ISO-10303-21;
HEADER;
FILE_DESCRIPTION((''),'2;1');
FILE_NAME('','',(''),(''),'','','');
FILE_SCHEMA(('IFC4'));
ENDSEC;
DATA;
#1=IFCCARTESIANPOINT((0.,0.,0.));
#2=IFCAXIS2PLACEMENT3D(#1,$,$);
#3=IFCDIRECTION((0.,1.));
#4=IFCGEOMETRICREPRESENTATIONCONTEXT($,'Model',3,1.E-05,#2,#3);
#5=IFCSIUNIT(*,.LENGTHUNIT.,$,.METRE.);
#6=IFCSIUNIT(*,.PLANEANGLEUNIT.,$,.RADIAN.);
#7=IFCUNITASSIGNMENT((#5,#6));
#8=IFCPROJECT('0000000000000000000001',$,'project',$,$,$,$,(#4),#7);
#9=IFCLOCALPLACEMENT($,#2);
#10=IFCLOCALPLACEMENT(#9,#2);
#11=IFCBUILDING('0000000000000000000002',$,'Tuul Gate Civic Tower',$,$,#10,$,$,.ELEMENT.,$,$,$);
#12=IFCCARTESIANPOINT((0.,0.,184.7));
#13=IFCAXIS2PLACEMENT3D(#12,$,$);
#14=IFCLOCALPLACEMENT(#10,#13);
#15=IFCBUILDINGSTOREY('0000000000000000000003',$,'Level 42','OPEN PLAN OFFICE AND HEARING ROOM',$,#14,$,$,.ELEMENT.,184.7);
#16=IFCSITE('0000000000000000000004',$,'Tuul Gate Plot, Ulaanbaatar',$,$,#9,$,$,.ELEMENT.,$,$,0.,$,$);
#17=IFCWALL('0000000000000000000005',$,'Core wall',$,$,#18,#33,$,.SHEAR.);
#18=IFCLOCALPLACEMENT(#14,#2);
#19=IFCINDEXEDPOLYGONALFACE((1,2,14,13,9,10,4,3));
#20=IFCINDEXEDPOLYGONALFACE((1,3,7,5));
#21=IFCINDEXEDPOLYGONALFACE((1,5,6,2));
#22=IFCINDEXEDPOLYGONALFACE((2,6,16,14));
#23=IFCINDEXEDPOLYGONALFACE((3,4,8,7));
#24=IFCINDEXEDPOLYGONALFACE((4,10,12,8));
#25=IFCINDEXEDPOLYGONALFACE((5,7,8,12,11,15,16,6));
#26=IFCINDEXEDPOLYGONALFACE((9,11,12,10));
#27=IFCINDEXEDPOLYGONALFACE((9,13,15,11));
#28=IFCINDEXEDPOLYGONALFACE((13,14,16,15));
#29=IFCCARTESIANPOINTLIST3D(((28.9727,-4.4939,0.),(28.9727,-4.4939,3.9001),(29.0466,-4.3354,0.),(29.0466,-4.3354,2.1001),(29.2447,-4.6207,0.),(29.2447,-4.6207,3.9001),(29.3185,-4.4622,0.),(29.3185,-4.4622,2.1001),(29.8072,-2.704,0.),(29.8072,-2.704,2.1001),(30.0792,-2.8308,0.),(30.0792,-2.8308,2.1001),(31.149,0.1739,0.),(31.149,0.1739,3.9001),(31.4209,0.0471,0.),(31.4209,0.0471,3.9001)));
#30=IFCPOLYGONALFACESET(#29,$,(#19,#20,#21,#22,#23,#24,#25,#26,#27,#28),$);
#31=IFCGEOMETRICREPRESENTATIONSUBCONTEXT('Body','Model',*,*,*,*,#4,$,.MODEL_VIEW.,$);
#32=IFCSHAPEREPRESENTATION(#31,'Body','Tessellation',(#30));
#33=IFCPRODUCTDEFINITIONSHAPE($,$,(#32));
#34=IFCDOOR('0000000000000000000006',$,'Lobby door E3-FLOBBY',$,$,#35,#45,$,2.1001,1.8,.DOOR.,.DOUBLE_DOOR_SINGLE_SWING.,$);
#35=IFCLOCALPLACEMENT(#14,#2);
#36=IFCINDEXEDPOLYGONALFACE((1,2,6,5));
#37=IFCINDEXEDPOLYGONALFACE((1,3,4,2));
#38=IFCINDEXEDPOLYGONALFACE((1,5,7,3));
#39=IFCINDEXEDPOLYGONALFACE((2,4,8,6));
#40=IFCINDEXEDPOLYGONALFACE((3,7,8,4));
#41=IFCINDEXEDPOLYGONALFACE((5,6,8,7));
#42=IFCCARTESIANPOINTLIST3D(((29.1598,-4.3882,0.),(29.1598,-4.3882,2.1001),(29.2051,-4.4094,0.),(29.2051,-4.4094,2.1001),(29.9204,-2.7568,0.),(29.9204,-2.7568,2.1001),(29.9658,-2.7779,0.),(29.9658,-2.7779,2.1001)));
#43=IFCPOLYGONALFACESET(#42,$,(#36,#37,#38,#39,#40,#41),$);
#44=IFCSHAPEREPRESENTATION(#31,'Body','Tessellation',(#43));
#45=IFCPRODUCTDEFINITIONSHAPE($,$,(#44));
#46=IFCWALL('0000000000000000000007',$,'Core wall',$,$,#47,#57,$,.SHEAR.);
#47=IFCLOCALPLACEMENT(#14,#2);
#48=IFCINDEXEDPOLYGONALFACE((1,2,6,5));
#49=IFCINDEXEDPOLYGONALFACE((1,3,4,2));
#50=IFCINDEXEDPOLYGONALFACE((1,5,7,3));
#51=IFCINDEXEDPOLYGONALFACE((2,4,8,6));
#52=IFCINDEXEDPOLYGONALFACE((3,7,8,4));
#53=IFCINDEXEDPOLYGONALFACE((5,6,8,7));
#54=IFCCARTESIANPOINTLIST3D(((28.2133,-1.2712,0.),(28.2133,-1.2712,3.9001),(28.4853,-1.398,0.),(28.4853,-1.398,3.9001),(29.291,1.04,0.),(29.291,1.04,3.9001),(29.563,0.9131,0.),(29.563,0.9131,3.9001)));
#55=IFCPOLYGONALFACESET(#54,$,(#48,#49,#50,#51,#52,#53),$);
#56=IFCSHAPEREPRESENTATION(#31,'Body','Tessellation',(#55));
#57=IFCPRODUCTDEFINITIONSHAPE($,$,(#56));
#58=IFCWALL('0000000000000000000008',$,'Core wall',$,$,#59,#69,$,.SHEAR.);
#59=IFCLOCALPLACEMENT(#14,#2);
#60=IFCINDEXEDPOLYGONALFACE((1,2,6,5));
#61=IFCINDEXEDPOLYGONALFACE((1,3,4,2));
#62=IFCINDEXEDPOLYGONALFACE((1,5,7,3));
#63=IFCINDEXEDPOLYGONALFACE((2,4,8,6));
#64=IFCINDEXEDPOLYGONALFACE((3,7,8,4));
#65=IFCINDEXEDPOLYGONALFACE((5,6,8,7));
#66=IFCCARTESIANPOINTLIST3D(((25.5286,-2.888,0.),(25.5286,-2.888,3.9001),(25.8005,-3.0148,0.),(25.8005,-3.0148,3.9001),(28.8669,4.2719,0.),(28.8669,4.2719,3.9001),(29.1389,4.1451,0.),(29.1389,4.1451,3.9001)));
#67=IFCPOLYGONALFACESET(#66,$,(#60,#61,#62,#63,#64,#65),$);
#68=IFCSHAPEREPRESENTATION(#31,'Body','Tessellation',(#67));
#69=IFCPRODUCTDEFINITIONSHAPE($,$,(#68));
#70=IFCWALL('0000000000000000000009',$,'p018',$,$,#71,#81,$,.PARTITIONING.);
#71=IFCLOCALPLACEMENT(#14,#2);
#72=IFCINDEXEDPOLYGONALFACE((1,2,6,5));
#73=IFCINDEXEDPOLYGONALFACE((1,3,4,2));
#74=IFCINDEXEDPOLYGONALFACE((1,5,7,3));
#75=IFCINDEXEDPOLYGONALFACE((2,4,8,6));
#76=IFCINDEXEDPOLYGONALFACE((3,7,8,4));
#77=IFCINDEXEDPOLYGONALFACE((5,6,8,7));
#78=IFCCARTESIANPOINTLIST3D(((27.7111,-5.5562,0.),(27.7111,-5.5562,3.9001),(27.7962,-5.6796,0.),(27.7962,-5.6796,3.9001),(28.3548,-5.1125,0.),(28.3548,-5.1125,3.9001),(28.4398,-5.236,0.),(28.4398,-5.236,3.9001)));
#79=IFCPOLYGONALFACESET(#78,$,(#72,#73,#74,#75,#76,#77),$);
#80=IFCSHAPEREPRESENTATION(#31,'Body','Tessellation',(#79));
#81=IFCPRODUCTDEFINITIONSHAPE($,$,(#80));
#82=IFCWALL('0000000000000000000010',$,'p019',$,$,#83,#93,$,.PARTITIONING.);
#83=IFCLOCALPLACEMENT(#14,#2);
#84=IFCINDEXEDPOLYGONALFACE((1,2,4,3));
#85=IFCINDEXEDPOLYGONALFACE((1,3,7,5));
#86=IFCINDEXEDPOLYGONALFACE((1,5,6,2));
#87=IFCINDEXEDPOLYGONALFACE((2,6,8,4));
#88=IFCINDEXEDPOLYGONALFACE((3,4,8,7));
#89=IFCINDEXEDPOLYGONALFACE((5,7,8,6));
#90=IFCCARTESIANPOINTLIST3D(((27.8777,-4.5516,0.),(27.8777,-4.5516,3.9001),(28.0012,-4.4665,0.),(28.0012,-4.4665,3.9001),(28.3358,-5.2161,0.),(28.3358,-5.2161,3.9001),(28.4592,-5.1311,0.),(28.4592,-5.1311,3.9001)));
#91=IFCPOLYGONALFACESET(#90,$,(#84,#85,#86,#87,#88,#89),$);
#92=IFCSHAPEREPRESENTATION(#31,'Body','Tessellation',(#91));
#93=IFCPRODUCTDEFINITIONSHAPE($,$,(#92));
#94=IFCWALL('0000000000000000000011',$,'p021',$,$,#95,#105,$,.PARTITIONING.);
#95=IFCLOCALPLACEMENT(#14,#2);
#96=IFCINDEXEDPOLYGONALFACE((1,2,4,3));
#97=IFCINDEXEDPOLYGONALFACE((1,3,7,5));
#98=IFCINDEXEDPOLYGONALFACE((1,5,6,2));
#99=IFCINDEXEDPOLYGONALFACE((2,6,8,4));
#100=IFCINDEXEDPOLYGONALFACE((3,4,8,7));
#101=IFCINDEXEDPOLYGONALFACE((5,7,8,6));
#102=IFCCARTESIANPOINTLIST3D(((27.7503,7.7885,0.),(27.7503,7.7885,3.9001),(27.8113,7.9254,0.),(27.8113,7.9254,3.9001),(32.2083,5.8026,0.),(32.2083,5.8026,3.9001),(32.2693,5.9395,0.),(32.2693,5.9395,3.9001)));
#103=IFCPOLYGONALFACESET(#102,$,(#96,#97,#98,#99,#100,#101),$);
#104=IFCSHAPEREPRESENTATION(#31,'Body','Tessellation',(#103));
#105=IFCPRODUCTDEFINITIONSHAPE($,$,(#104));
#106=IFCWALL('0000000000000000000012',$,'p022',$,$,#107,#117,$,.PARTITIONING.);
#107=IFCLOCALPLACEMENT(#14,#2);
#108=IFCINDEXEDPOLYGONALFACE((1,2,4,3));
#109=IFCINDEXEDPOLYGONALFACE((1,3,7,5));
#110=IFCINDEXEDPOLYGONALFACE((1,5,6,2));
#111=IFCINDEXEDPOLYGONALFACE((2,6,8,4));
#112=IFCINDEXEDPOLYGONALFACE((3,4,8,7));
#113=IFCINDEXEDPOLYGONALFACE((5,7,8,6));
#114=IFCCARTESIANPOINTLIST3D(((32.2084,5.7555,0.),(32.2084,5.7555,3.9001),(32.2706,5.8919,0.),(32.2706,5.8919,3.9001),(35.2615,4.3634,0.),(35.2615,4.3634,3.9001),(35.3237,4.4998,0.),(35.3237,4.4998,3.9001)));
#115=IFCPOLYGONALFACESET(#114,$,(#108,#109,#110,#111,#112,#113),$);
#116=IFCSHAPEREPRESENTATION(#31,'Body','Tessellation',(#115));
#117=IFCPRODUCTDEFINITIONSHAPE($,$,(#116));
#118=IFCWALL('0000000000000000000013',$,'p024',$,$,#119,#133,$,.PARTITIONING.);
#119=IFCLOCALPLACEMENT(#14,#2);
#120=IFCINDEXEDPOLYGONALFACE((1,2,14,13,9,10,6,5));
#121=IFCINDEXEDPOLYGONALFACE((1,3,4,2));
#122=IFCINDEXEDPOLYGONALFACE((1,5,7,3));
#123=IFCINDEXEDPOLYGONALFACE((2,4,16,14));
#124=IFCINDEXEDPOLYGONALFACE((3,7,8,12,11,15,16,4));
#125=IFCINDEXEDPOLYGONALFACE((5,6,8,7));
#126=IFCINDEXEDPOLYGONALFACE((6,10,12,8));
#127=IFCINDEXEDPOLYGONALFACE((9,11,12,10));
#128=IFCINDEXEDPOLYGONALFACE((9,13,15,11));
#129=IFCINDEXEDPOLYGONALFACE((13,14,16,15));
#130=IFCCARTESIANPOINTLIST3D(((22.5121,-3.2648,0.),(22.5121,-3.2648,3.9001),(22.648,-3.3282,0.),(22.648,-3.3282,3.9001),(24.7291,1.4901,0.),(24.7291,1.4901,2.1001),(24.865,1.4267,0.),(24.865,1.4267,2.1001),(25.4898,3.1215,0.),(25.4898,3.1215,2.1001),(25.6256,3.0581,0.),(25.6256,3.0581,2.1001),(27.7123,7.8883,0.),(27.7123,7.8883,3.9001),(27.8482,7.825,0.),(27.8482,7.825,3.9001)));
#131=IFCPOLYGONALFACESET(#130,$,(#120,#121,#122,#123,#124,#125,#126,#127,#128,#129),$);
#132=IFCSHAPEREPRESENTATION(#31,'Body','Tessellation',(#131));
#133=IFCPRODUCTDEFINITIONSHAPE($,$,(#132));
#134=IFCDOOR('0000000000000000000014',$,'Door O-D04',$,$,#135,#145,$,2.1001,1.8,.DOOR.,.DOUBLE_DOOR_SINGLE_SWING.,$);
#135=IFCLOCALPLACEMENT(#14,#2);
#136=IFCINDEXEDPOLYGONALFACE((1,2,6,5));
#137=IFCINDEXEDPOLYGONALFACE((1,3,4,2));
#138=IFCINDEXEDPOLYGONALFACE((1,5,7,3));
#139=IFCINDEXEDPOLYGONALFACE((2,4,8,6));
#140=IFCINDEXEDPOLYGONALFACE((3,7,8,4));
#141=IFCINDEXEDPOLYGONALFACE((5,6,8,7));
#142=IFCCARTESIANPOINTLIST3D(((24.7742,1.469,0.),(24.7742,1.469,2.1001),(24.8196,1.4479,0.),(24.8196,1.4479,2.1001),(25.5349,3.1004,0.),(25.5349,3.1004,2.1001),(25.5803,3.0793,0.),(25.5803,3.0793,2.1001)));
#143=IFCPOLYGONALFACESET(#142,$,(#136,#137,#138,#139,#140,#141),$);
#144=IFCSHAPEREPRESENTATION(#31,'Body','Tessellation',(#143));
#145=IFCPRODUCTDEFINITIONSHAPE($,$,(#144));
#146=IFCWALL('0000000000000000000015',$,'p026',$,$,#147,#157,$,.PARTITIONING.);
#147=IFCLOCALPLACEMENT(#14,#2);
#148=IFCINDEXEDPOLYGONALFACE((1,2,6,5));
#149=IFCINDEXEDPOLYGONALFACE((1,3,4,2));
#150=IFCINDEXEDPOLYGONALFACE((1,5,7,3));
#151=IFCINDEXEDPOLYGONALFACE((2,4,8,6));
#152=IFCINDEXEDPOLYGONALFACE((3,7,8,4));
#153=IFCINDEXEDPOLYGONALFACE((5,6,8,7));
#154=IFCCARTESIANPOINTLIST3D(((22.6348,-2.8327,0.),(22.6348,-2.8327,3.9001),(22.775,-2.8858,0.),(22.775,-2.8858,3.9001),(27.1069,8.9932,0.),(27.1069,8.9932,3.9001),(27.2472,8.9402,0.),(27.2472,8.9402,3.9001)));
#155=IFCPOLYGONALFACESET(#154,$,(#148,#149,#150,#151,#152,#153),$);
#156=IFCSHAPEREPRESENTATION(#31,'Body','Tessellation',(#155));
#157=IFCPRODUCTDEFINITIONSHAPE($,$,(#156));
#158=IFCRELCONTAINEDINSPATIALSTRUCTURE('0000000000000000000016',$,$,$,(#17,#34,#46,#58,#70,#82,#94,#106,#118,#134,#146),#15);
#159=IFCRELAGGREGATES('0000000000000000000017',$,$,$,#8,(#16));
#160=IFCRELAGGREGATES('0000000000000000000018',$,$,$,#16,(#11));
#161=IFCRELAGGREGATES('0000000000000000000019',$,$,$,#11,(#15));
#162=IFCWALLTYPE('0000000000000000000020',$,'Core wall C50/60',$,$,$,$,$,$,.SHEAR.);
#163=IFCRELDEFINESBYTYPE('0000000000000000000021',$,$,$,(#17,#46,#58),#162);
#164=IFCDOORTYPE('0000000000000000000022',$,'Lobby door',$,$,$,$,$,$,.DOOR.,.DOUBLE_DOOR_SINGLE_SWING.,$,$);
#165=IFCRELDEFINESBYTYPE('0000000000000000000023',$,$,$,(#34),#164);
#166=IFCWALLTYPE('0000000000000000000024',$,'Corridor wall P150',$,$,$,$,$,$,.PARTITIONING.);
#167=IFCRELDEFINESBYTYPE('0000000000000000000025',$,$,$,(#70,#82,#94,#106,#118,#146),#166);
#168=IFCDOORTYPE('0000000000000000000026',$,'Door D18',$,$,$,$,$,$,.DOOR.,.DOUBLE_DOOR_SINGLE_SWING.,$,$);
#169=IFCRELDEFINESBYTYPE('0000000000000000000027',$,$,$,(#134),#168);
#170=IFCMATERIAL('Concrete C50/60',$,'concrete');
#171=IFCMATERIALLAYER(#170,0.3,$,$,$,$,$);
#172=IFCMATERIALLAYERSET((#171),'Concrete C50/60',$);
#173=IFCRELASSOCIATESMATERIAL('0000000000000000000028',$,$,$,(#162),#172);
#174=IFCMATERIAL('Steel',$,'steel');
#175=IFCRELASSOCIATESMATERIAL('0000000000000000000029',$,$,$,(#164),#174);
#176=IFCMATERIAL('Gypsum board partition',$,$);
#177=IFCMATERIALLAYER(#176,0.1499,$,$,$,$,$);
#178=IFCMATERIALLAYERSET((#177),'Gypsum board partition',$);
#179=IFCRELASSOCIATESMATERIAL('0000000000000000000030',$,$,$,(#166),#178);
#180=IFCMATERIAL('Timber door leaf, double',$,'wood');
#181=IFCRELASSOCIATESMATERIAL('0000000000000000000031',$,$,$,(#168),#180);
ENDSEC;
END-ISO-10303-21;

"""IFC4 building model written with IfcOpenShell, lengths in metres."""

from ifc_helpers import new_model, si_unit, direction, frame, frame_2d, origin, place, context, subcontext, project, spatial, rectangle, extrude, material, layer, layer_set, type_object, element, fill, save


model = new_model("IFC4")

# Units and contexts
model_context = context("Model", 3, precision=1e-05, world=origin(), true_north=direction((0.0, 1.0)))
body_context = subcontext(model_context, "Body", "Model", "MODEL_VIEW")
ifc_project = project(units=[si_unit("LENGTHUNIT", "METRE"), si_unit("PLANEANGLEUNIT", "RADIAN")], contexts=[model_context])

# Site, building, storey
site_placement = place(None, origin())
site = spatial("IfcSite", under=ifc_project, at=site_placement, Name="Tuul Gate Plot, Ulaanbaatar", CompositionType="ELEMENT", RefElevation=0.0)
building_placement = place(site_placement, origin())
building = spatial("IfcBuilding", under=site, at=building_placement, Name="Tuul Gate Civic Tower", CompositionType="ELEMENT")
storey_placement = place(building_placement, frame((0.0, 0.0, 184.7)))
storey = spatial("IfcBuildingStorey", under=building, at=storey_placement, Name="Level 42", Description="OPEN PLAN OFFICE AND HEARING ROOM", CompositionType="ELEMENT", Elevation=184.7)

# Shared definitions
ifc_material_1 = material(Name="Concrete C50/60", Category="concrete")
ifc_layer_1 = layer(ifc_material_1, 0.3)
ifc_layer_set_1 = layer_set([ifc_layer_1], Name="Concrete C50/60")
wall_type_1 = type_object("IfcWallType", Name="Core wall C50/60", PredefinedType="SHEAR", material=ifc_layer_set_1)

# Wall, opening, door
wall_1_placement = place(storey_placement, frame((29.1086, -4.5574, 0.0), z_axis=(0.0, 0.0, 1.0), x_axis=(0.422566, 0.906332, 0.0)))
wall_1 = element("IfcWall", 1, at=wall_1_placement, inside=storey, type_object=wall_type_1, Name="Core wall", PredefinedType="SHEAR", context=body_context, shape_type="SweptSolid", body=[
    extrude(rectangle(XDim=5.1501, YDim=0.3, at=frame_2d((2.5752, 0.0))), origin(), (0.0, 0.0, 1.0), 3.9001),
])
opening_1_placement = place(wall_1_placement, frame((0.175, 0.0, 0.0)))
opening_1 = element("IfcOpeningElement", 2, at=opening_1_placement, cuts=wall_1, PredefinedType="OPENING", context=body_context, shape_type="SweptSolid", body=[
    extrude(rectangle(XDim=1.8, YDim=2.1001, at=frame_2d((0.8999, 1.05))), frame((0.0, 0.1602, 0.0), z_axis=(0.0, -1.0, 0.0), x_axis=(1.0, 0.0, 0.0)), (0.0, 0.0, 1.0), 0.3201),
])
ifc_material_2 = material(Name="Steel", Category="steel")
door_type_1 = type_object("IfcDoorType", Name="Lobby door", OperationType="DOUBLE_DOOR_SINGLE_SWING", PredefinedType="DOOR", material=ifc_material_2)
door_1_placement = place(opening_1_placement, frame((1.8, 0.0, 0.0), z_axis=(0.0, 0.0, 1.0), x_axis=(-1.0, 0.0, 0.0)))
door_1 = element("IfcDoor", 3, at=door_1_placement, inside=storey, type_object=door_type_1, Name="Lobby door E3-FLOBBY", OperationType="DOUBLE_DOOR_SINGLE_SWING", OverallHeight=2.1001, OverallWidth=1.8, PredefinedType="DOOR", context=body_context, shape_type="SweptSolid", body=[
    extrude(rectangle(XDim=1.8, YDim=2.1001, at=frame_2d((0.9001, 1.05))), frame((0.0, 0.0249, 0.0), z_axis=(0.0, -1.0, 0.0), x_axis=(1.0, 0.0, 0.0)), (0.0, 0.0, 1.0), 0.05),
])
fill(opening_1, door_1)

# Walls
wall_2_placement = place(storey_placement, frame((28.3494, -1.3345, 0.0), z_axis=(0.0, 0.0, 1.0), x_axis=(0.422613, 0.90631, 0.0)))
element("IfcWall", 4, at=wall_2_placement, inside=storey, type_object=wall_type_1, Name="Core wall", PredefinedType="SHEAR", context=body_context, shape_type="SweptSolid", body=[
    extrude(rectangle(XDim=2.55, YDim=0.3, at=frame_2d((1.2749, 0.0))), origin(), (0.0, 0.0, 1.0), 3.9001),
])
wall_3_placement = place(storey_placement, frame((25.6646, -2.9514, 0.0), z_axis=(0.0, 0.0, 1.0), x_axis=(0.422583, 0.906324, 0.0)))
element("IfcWall", 5, at=wall_3_placement, inside=storey, type_object=wall_type_1, Name="Core wall", PredefinedType="SHEAR", context=body_context, shape_type="SweptSolid", body=[
    extrude(rectangle(XDim=7.8999, YDim=0.3, at=frame_2d((3.95, 0.0))), origin(), (0.0, 0.0, 1.0), 3.9001),
])
ifc_material_3 = material(Name="Gypsum board partition")
ifc_layer_2 = layer(ifc_material_3, 0.1499)
ifc_layer_set_2 = layer_set([ifc_layer_2], Name="Gypsum board partition")
wall_type_2 = type_object("IfcWallType", Name="Corridor wall P150", PredefinedType="PARTITIONING", material=ifc_layer_set_2)
wall_4_placement = place(storey_placement, frame((27.7537, -5.6179, 0.0), z_axis=(0.0, 0.0, 1.0), x_axis=(0.823349, 0.567536, 0.0)))
element("IfcWall", 6, at=wall_4_placement, inside=storey, type_object=wall_type_2, Name="p018", PredefinedType="PARTITIONING", context=body_context, shape_type="SweptSolid", body=[
    extrude(rectangle(XDim=0.7817, YDim=0.1499, at=frame_2d((0.3909, 0.0))), origin(), (0.0, 0.0, 1.0), 3.9001),
])
wall_5_placement = place(storey_placement, frame((27.9395, -4.509, 0.0), z_axis=(0.0, 0.0, 1.0), x_axis=(0.567478, -0.823388, 0.0)))
element("IfcWall", 7, at=wall_5_placement, inside=storey, type_object=wall_type_2, Name="p019", PredefinedType="PARTITIONING", context=body_context, shape_type="SweptSolid", body=[
    extrude(rectangle(XDim=0.8071, YDim=0.1499, at=frame_2d((0.4036, 0.0))), origin(), (0.0, 0.0, 1.0), 3.9001),
])
wall_6_placement = place(storey_placement, frame((27.7808, 7.8569, 0.0), z_axis=(0.0, 0.0, 1.0), x_axis=(0.913469, -0.406909, 0.0)))
element("IfcWall", 8, at=wall_6_placement, inside=storey, type_object=wall_type_2, Name="p021", PredefinedType="PARTITIONING", context=body_context, shape_type="SweptSolid", body=[
    extrude(rectangle(XDim=4.8804, YDim=0.1499, at=frame_2d((2.4402, 0.0))), origin(), (0.0, 0.0, 1.0), 3.9001),
])
wall_7_placement = place(storey_placement, frame((32.2395, 5.8237, 0.0), z_axis=(0.0, 0.0, 1.0), x_axis=(0.909875, -0.414883, 0.0)))
element("IfcWall", 9, at=wall_7_placement, inside=storey, type_object=wall_type_2, Name="p022", PredefinedType="PARTITIONING", context=body_context, shape_type="SweptSolid", body=[
    extrude(rectangle(XDim=3.3555, YDim=0.1499, at=frame_2d((1.6777, 0.0))), origin(), (0.0, 0.0, 1.0), 3.9001),
])

# Wall, opening, door
wall_8_placement = place(storey_placement, frame((22.5801, -3.2964, 0.0), z_axis=(0.0, 0.0, 1.0), x_axis=(0.42258, 0.906326, 0.0)))
wall_8 = element("IfcWall", 10, at=wall_8_placement, inside=storey, type_object=wall_type_2, Name="p024", PredefinedType="PARTITIONING", context=body_context, shape_type="SweptSolid", body=[
    extrude(rectangle(XDim=12.3059, YDim=0.1499, at=frame_2d((6.1528, 0.0))), origin(), (0.0, 0.0, 1.0), 3.9001),
])
opening_2_placement = place(wall_8_placement, frame((5.2463, 0.0, 0.0)))
opening_2 = element("IfcOpeningElement", 11, at=opening_2_placement, cuts=wall_8, PredefinedType="OPENING", context=body_context, shape_type="SweptSolid", body=[
    extrude(rectangle(XDim=1.8, YDim=2.1001, at=frame_2d((0.8999, 1.05))), frame((0.0, 0.085, 0.0), z_axis=(0.0, -1.0, 0.0), x_axis=(1.0, 0.0, 0.0)), (0.0, 0.0, 1.0), 0.1699),
])
ifc_material_4 = material(Name="Timber door leaf, double", Category="wood")
door_type_2 = type_object("IfcDoorType", Name="Door D18", OperationType="DOUBLE_DOOR_SINGLE_SWING", PredefinedType="DOOR", material=ifc_material_4)
door_2_placement = place(opening_2_placement, frame((1.8, 0.0, 0.0), z_axis=(0.0, 0.0, 1.0), x_axis=(-1.0, 0.0, 0.0)))
door_2 = element("IfcDoor", 12, at=door_2_placement, inside=storey, type_object=door_type_2, Name="Door O-D04", OperationType="DOUBLE_DOOR_SINGLE_SWING", OverallHeight=2.1001, OverallWidth=1.8, PredefinedType="DOOR", context=body_context, shape_type="SweptSolid", body=[
    extrude(rectangle(XDim=1.8, YDim=2.1001, at=frame_2d((0.9001, 1.05))), frame((0.0, 0.0249, 0.0), z_axis=(0.0, -1.0, 0.0), x_axis=(1.0, 0.0, 0.0)), (0.0, 0.0, 1.0), 0.05),
])
fill(opening_2, door_2)

# Wall
wall_9_placement = place(storey_placement, frame((22.7048, -2.8594, 0.0), z_axis=(0.0, 0.0, 1.0), x_axis=(0.353719, 0.935352, 0.0)))
element("IfcWall", 13, at=wall_9_placement, inside=storey, type_object=wall_type_2, Name="p026", PredefinedType="PARTITIONING", context=body_context, shape_type="SweptSolid", body=[
    extrude(rectangle(XDim=12.6433, YDim=0.1499, at=frame_2d((6.3218, 0.0))), origin(), (0.0, 0.0, 1.0), 3.9001),
])

save(model, "model.ifc")
